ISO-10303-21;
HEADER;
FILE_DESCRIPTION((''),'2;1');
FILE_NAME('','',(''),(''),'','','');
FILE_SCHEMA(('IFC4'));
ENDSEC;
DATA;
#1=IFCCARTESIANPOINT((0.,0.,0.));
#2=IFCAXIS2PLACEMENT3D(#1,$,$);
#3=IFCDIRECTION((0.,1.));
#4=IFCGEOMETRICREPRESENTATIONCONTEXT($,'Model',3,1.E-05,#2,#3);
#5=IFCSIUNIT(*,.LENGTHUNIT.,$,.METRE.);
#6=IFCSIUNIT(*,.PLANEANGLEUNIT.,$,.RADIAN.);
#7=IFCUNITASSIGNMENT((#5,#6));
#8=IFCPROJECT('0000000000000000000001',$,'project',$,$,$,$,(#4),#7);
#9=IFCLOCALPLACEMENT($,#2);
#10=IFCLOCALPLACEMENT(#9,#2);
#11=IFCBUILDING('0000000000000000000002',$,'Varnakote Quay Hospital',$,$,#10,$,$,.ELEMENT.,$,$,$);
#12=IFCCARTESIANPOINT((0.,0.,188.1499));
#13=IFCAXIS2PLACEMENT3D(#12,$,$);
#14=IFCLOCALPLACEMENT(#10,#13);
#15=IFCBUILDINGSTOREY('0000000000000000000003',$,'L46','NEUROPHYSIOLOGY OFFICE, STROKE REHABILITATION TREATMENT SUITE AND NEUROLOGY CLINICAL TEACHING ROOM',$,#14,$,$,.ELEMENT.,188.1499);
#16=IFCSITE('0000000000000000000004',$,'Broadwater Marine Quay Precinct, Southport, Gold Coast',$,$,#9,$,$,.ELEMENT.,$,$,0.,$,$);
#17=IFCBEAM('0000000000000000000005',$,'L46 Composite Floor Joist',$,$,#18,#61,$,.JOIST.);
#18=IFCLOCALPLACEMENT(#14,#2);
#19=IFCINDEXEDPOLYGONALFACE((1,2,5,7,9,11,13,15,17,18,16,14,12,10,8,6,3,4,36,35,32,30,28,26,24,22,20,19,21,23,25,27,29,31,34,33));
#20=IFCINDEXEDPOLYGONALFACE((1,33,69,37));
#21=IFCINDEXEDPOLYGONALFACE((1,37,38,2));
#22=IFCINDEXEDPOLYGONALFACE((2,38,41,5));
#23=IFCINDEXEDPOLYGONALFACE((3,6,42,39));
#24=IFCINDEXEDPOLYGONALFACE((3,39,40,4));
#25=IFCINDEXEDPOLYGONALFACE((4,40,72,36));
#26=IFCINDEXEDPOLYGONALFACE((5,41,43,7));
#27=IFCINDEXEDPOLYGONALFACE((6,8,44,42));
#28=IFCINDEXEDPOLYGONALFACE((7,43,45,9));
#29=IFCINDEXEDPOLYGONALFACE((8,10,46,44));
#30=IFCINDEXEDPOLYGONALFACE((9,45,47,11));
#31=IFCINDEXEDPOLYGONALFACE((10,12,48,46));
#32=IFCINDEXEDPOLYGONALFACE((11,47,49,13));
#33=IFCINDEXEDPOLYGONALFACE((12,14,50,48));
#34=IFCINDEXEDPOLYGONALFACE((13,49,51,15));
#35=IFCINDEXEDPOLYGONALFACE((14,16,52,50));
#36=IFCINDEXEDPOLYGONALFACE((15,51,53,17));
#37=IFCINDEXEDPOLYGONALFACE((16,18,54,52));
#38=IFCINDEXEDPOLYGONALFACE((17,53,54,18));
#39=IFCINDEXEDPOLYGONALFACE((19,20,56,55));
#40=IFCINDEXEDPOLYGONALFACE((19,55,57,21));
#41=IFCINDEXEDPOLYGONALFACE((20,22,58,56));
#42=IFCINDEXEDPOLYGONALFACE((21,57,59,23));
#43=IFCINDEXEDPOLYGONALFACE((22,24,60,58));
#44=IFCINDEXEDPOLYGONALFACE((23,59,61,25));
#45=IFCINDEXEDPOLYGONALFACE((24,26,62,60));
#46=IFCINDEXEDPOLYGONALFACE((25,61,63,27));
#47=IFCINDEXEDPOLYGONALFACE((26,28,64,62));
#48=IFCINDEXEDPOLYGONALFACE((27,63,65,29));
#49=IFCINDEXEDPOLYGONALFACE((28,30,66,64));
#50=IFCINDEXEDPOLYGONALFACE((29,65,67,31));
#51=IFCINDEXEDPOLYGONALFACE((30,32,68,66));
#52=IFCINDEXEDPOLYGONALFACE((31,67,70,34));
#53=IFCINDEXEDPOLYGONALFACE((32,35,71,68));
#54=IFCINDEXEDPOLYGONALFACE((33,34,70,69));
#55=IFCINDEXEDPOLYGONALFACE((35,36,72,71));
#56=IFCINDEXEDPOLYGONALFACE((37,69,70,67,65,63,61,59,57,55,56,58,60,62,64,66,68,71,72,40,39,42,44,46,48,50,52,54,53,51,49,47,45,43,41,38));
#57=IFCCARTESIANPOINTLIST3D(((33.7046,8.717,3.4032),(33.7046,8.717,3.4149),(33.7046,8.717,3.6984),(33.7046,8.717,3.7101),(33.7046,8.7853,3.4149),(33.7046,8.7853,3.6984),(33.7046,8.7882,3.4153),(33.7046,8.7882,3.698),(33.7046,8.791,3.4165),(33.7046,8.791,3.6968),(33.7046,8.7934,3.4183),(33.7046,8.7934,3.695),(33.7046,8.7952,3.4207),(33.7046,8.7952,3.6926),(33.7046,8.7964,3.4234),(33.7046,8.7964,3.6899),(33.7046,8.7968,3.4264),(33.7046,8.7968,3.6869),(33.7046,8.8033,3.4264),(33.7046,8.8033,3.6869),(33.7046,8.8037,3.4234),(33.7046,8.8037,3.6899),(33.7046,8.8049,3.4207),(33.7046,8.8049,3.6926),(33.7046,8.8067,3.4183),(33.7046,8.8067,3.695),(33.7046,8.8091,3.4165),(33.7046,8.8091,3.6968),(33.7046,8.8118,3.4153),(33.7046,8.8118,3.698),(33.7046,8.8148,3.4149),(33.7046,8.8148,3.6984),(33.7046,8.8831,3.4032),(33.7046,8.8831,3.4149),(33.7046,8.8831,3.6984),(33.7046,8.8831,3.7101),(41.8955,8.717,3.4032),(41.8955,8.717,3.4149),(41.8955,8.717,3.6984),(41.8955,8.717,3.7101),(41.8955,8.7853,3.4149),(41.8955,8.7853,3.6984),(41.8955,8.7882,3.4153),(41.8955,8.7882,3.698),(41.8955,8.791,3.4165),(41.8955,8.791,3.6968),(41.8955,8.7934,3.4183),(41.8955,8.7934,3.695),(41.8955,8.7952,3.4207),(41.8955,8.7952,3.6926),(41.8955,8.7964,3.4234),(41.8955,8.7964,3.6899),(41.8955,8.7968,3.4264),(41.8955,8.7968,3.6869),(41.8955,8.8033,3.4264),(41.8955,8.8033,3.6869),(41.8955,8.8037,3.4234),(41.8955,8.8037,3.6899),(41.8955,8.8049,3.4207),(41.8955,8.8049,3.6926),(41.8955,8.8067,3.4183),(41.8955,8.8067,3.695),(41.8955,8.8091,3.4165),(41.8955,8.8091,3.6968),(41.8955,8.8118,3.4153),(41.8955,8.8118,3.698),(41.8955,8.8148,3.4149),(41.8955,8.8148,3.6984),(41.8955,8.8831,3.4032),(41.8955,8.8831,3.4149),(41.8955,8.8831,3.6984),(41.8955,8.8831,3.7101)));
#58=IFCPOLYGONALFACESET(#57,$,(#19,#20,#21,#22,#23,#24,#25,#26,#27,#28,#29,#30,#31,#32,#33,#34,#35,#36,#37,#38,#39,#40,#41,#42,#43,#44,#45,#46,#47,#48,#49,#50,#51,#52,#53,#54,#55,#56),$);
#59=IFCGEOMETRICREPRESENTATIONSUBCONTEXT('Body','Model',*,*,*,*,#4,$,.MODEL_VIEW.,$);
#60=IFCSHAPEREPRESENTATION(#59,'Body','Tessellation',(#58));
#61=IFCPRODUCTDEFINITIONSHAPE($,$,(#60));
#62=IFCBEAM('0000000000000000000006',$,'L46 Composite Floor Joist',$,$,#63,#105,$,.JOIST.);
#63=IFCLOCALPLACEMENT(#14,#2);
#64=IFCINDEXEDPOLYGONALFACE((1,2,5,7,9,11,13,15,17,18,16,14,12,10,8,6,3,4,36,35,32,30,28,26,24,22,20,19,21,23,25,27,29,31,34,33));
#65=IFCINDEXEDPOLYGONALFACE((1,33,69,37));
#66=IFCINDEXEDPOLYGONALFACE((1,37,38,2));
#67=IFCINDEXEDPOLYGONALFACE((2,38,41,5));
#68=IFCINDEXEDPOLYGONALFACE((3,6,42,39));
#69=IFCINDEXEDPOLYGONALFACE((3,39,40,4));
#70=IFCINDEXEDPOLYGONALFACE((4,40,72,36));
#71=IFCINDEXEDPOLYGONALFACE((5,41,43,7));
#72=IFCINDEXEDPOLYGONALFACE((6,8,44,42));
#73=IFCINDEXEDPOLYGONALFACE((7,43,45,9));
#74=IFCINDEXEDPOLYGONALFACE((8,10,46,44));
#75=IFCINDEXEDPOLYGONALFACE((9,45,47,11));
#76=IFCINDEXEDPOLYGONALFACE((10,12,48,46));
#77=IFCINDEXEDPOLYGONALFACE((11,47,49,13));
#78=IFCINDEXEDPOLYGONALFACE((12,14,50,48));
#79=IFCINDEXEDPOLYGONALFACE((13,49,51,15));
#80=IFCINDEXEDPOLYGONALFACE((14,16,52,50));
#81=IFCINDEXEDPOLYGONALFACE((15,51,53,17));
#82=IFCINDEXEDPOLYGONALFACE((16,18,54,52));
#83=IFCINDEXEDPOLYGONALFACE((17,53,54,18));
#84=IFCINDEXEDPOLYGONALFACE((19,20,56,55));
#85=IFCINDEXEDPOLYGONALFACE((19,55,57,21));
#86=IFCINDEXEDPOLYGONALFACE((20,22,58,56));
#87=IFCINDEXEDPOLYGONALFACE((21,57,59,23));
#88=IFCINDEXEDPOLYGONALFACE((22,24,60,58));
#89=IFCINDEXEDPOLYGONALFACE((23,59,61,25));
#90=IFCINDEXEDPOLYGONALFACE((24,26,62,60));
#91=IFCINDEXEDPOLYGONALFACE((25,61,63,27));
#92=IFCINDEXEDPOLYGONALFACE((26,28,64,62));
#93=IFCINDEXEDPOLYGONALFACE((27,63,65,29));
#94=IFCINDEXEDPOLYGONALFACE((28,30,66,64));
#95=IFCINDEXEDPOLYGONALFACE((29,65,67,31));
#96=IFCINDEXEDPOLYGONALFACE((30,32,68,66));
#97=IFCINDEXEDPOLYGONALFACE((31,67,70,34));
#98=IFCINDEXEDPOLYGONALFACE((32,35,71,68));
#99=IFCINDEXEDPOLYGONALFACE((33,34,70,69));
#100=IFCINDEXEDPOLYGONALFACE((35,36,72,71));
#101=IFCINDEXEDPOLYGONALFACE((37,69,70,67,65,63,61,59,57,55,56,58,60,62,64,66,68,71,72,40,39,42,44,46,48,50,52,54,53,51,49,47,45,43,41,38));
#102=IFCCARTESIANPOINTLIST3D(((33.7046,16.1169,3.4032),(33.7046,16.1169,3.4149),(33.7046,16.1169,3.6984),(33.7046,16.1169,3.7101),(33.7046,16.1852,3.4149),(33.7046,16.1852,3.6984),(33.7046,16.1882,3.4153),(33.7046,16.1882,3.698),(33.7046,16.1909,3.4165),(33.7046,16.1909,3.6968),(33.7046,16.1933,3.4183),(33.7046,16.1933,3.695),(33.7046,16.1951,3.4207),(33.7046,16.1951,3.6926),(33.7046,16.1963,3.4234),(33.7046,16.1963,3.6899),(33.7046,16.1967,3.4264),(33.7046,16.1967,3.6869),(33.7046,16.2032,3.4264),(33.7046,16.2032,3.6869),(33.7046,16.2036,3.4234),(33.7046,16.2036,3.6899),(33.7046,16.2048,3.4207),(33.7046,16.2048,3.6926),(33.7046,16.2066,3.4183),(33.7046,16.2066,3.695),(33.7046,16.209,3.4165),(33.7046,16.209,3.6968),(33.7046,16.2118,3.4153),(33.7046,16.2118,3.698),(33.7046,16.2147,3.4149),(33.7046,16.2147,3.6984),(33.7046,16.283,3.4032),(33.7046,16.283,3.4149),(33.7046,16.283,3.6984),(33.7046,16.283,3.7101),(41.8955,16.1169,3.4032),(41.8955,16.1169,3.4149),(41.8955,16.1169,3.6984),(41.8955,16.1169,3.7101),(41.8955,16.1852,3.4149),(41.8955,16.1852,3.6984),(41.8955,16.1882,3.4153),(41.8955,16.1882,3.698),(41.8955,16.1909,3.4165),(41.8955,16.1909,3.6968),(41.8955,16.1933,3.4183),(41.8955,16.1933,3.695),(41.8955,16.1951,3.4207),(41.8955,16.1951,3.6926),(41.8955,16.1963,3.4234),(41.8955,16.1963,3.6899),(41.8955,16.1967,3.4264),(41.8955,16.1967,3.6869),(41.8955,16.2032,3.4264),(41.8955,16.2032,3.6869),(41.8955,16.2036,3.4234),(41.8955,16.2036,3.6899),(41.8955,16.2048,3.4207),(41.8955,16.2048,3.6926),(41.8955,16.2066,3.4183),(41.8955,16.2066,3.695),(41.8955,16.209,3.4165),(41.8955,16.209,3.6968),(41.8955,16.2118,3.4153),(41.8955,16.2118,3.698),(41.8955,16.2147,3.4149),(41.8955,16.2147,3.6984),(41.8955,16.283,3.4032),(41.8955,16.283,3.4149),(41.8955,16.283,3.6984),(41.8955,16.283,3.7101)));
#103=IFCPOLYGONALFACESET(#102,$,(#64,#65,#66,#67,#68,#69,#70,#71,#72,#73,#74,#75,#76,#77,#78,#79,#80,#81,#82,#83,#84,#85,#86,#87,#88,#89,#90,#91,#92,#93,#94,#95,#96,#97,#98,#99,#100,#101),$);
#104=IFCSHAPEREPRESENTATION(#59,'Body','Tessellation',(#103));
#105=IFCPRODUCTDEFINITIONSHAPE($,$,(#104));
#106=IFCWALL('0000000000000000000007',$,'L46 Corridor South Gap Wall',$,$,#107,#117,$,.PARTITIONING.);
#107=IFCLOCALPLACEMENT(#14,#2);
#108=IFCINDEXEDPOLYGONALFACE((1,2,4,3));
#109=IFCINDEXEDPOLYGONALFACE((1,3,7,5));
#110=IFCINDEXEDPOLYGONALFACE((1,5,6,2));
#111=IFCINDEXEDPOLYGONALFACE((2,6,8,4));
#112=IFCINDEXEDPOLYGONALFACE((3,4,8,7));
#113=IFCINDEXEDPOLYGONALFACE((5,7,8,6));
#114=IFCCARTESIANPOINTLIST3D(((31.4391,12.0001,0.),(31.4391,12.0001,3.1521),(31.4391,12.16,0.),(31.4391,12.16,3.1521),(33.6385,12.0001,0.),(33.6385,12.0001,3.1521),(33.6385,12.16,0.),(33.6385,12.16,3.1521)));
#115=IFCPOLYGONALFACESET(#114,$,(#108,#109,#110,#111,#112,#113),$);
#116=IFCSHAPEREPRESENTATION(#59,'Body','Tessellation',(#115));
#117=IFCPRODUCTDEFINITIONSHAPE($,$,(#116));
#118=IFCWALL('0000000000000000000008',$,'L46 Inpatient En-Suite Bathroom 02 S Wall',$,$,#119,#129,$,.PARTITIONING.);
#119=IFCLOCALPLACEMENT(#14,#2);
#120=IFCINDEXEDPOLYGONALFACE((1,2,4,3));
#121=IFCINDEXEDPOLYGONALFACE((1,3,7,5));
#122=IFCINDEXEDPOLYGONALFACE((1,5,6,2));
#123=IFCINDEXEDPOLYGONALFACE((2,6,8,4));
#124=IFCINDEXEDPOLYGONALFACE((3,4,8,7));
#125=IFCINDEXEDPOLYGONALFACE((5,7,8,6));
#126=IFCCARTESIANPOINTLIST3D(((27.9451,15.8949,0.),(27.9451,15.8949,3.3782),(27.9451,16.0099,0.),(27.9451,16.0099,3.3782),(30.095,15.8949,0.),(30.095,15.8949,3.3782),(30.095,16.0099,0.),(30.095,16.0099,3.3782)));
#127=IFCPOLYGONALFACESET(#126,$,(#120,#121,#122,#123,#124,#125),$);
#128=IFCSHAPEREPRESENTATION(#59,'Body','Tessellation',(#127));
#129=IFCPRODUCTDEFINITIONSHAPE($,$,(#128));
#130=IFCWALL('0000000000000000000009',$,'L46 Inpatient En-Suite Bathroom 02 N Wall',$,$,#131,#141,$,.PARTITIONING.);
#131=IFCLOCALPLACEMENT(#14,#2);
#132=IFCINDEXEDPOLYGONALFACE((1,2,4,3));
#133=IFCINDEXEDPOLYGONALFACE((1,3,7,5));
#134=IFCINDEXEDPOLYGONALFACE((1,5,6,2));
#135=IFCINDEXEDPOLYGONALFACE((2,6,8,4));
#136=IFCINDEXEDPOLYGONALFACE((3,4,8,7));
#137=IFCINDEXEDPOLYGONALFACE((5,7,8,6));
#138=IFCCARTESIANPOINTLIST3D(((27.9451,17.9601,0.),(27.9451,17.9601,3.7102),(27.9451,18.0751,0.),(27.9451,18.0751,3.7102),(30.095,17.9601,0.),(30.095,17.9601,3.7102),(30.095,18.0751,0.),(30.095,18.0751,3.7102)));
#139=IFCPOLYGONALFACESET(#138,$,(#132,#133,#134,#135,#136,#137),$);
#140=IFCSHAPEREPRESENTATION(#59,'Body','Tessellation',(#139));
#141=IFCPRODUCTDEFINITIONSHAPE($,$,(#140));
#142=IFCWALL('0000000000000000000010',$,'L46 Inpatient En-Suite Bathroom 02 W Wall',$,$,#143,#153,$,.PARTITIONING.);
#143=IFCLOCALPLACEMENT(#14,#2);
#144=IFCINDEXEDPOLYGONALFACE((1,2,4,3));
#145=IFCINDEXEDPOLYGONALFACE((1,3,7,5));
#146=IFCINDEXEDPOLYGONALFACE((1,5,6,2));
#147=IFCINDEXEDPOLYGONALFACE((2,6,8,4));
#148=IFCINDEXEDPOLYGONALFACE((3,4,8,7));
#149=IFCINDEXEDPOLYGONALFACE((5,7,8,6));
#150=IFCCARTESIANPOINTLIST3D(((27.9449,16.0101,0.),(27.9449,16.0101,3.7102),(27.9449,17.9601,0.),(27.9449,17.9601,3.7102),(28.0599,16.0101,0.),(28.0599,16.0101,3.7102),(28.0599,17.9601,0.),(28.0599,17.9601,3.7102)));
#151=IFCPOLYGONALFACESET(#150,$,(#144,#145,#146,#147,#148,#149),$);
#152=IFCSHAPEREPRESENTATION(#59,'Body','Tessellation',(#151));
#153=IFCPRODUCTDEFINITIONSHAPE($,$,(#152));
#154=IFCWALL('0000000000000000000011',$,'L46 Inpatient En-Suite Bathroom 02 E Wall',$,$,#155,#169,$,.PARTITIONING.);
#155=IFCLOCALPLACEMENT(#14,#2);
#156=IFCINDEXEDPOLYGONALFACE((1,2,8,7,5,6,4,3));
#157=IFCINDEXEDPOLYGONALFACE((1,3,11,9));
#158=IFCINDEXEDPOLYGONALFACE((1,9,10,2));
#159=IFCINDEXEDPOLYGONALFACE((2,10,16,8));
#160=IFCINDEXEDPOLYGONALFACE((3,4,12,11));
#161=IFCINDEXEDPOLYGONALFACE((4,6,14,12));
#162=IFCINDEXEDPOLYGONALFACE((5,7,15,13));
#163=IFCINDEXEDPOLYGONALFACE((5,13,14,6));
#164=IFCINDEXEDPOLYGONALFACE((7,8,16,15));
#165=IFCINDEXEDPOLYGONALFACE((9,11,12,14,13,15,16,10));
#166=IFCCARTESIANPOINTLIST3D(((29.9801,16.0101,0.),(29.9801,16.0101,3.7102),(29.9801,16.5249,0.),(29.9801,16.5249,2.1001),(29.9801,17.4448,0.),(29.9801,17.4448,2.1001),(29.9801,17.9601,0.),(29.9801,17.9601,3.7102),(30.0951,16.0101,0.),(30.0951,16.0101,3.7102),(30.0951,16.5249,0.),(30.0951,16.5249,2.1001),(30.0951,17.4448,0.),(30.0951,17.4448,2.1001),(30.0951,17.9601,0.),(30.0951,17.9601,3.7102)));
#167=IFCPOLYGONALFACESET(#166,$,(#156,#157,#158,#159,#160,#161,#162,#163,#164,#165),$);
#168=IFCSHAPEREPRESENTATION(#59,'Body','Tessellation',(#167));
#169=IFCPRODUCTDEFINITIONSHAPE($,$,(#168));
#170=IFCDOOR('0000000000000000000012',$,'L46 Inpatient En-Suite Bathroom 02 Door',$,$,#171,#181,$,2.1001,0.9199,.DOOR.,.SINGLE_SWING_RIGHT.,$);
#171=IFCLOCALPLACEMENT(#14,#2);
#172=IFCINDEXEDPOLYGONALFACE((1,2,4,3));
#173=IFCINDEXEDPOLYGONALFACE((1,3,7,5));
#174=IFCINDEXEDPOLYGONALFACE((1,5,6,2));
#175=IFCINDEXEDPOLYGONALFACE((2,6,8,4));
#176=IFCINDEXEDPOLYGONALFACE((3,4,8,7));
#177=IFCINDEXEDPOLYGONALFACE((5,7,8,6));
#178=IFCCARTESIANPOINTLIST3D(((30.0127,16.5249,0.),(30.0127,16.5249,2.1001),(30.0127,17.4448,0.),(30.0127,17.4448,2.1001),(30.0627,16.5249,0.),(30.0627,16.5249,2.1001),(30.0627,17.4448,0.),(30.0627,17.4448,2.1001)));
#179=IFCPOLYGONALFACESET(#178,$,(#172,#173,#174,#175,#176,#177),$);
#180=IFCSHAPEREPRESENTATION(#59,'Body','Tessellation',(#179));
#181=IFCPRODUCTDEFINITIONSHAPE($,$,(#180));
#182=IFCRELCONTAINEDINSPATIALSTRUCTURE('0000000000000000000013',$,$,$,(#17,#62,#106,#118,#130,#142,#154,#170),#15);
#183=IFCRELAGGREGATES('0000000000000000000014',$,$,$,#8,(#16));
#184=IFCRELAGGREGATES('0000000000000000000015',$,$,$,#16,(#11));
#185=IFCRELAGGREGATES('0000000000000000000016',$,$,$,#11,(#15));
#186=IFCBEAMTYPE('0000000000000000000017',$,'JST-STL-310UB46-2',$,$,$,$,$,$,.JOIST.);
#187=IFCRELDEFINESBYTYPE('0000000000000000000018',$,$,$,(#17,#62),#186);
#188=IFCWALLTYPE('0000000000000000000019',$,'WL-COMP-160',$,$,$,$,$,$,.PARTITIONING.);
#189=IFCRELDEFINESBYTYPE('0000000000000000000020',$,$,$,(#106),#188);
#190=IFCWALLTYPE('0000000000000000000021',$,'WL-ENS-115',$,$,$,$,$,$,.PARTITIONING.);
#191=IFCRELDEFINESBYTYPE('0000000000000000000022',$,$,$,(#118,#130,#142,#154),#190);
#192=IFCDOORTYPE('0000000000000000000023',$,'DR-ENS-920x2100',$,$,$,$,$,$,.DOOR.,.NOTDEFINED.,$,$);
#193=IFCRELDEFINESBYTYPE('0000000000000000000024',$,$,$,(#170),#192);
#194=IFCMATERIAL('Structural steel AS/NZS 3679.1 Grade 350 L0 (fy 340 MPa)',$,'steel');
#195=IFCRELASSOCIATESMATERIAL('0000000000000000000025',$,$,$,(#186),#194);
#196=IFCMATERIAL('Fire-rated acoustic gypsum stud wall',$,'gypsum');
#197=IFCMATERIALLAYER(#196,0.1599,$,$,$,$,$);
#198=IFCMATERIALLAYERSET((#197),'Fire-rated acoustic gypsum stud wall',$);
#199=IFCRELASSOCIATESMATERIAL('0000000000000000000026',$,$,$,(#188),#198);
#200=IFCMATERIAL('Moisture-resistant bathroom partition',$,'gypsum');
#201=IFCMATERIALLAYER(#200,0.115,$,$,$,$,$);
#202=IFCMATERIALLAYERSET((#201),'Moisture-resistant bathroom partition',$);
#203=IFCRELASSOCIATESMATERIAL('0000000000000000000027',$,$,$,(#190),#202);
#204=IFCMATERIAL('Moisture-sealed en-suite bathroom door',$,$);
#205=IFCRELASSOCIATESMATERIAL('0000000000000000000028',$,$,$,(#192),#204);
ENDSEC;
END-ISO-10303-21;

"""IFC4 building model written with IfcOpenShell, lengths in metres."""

from ifc_helpers import new_model, si_unit, direction, frame, frame_2d, origin, origin_2d, place, context, subcontext, project, spatial, rectangle, i_section, extrude, material, layer, layer_set, material_profile, profile_set, type_object, element, fill, save


model = new_model("IFC4")

# Units and contexts
model_context = context("Model", 3, precision=1e-05, world=origin(), true_north=direction((0.0, 1.0)))
body_context = subcontext(model_context, "Body", "Model", "MODEL_VIEW")
ifc_project = project(units=[si_unit("LENGTHUNIT", "METRE"), si_unit("PLANEANGLEUNIT", "RADIAN")], contexts=[model_context])

# Site, building, storey
site_placement = place(None, origin())
site = spatial("IfcSite", under=ifc_project, at=site_placement, Name="Broadwater Marine Quay Precinct, Southport, Gold Coast", CompositionType="ELEMENT", RefElevation=0.0)
building_placement = place(site_placement, origin())
building = spatial("IfcBuilding", under=site, at=building_placement, Name="Varnakote Quay Hospital", CompositionType="ELEMENT")
storey_placement = place(building_placement, frame((0.0, 0.0, 188.1499)))
storey = spatial("IfcBuildingStorey", under=building, at=storey_placement, Name="L46", Description="NEUROPHYSIOLOGY OFFICE, STROKE REHABILITATION TREATMENT SUITE AND NEUROLOGY CLINICAL TEACHING ROOM", CompositionType="ELEMENT", Elevation=188.1499)

# Beams
ifc_material_1 = material(Name="Structural steel AS/NZS 3679.1 Grade 350 L0 (fy 340 MPa)", Category="steel")
ifc_material_profile_1 = material_profile(ifc_material_1, i_section(OverallWidth=0.166, OverallDepth=0.3069, WebThickness=0.0066, FlangeThickness=0.0117, FilletRadius=0.0115, at=origin_2d()), Name="310UB46.2")
ifc_profile_set_1 = profile_set([ifc_material_profile_1], Name="Structural steel AS/NZS 3679.1 Grade 350 L0 (fy 340 MPa)")
beam_type_1 = type_object("IfcBeamType", Name="JST-STL-310UB46-2", PredefinedType="JOIST", material=ifc_profile_set_1)
for number, where, z_axis, x_axis, name in (
    (1, (33.7046, 8.8, 3.5566), (1.0, 0.0, 0.0), (0.0, 1.0, 0.0), "L46 Composite Floor Joist"),
    (2, (33.7046, 16.2, 3.5566), (1.0, 0.0, 0.0), (0.0, 1.0, 0.0), "L46 Composite Floor Joist"),
):
    element("IfcBeam", number, at=place(storey_placement, frame(where, z_axis=z_axis, x_axis=x_axis)), inside=storey, type_object=beam_type_1, Name=name, PredefinedType="JOIST", context=body_context, shape_type="SweptSolid", body=[
        extrude(i_section(OverallWidth=0.166, OverallDepth=0.3069, WebThickness=0.0066, FlangeThickness=0.0117, FilletRadius=0.0115, at=origin_2d()), origin(), (0.0, 0.0, 1.0), 8.1909),
    ])

# Walls
ifc_material_2 = material(Name="Fire-rated acoustic gypsum stud wall", Category="gypsum")
ifc_layer_1 = layer(ifc_material_2, 0.1599)
ifc_layer_set_1 = layer_set([ifc_layer_1], Name="Fire-rated acoustic gypsum stud wall")
wall_type_1 = type_object("IfcWallType", Name="WL-COMP-160", PredefinedType="PARTITIONING", material=ifc_layer_set_1)
wall_1_placement = place(storey_placement, frame((31.4392, 12.0801, 0.0), z_axis=(0.0, 0.0, 1.0), x_axis=(1.0, 0.0, 0.0)))
element("IfcWall", 3, at=wall_1_placement, inside=storey, type_object=wall_type_1, Name="L46 Corridor South Gap Wall", PredefinedType="PARTITIONING", context=body_context, shape_type="SweptSolid", body=[
    extrude(rectangle(XDim=2.1995, YDim=0.1599, at=frame_2d((1.0996, 0.0))), origin(), (0.0, 0.0, 1.0), 3.1521),
])
ifc_material_3 = material(Name="Moisture-resistant bathroom partition", Category="gypsum")
ifc_layer_2 = layer(ifc_material_3, 0.115)
ifc_layer_set_2 = layer_set([ifc_layer_2], Name="Moisture-resistant bathroom partition")
wall_type_2 = type_object("IfcWallType", Name="WL-ENS-115", PredefinedType="PARTITIONING", material=ifc_layer_set_2)
wall_2_placement = place(storey_placement, frame((27.9451, 15.9524, 0.0), z_axis=(0.0, 0.0, 1.0), x_axis=(1.0, 0.0, 0.0)))
element("IfcWall", 4, at=wall_2_placement, inside=storey, type_object=wall_type_2, Name="L46 Inpatient En-Suite Bathroom 02 S Wall", PredefinedType="PARTITIONING", context=body_context, shape_type="SweptSolid", body=[
    extrude(rectangle(XDim=2.1499, YDim=0.115, at=frame_2d((1.075, 0.0))), origin(), (0.0, 0.0, 1.0), 3.3782),
])
wall_3_placement = place(storey_placement, frame((27.9451, 18.0176, 0.0), z_axis=(0.0, 0.0, 1.0), x_axis=(1.0, 0.0, 0.0)))
element("IfcWall", 5, at=wall_3_placement, inside=storey, type_object=wall_type_2, Name="L46 Inpatient En-Suite Bathroom 02 N Wall", PredefinedType="PARTITIONING", context=body_context, shape_type="SweptSolid", body=[
    extrude(rectangle(XDim=2.1499, YDim=0.115, at=frame_2d((1.075, 0.0))), origin(), (0.0, 0.0, 1.0), 3.7102),
])
wall_4_placement = place(storey_placement, frame((28.0024, 16.01, 0.0), z_axis=(0.0, 0.0, 1.0), x_axis=(0.0, 1.0, 0.0)))
element("IfcWall", 6, at=wall_4_placement, inside=storey, type_object=wall_type_2, Name="L46 Inpatient En-Suite Bathroom 02 W Wall", PredefinedType="PARTITIONING", context=body_context, shape_type="SweptSolid", body=[
    extrude(rectangle(XDim=1.95, YDim=0.115, at=frame_2d((0.9751, 0.0))), origin(), (0.0, 0.0, 1.0), 3.7102),
])

# Wall, opening, door
wall_5_placement = place(storey_placement, frame((30.0376, 16.01, 0.0), z_axis=(0.0, 0.0, 1.0), x_axis=(0.0, 1.0, 0.0)))
wall_5 = element("IfcWall", 7, at=wall_5_placement, inside=storey, type_object=wall_type_2, Name="L46 Inpatient En-Suite Bathroom 02 E Wall", PredefinedType="PARTITIONING", context=body_context, shape_type="SweptSolid", body=[
    extrude(rectangle(XDim=1.95, YDim=0.115, at=frame_2d((0.9751, 0.0))), origin(), (0.0, 0.0, 1.0), 3.7102),
])
opening_1_placement = place(wall_5_placement, frame((0.5149, 0.0, 0.0)))
opening_1 = element("IfcOpeningElement", 8, at=opening_1_placement, cuts=wall_5, PredefinedType="OPENING", context=body_context, shape_type="SweptSolid", body=[
    extrude(rectangle(XDim=0.9199, YDim=2.1001, at=frame_2d((0.46, 1.05))), frame((0.0, 0.0674, 0.0), z_axis=(0.0, -1.0, 0.0), x_axis=(1.0, 0.0, 0.0)), (0.0, 0.0, 1.0), 0.135),
])
ifc_material_4 = material(Name="Moisture-sealed en-suite bathroom door")
door_type_1 = type_object("IfcDoorType", Name="DR-ENS-920x2100", OperationType="NOTDEFINED", PredefinedType="DOOR", material=ifc_material_4)
door_1_placement = place(opening_1_placement, origin())
door_1 = element("IfcDoor", 9, at=door_1_placement, inside=storey, type_object=door_type_1, Name="L46 Inpatient En-Suite Bathroom 02 Door", OperationType="SINGLE_SWING_RIGHT", OverallHeight=2.1001, OverallWidth=0.9199, PredefinedType="DOOR", context=body_context, shape_type="SweptSolid", body=[
    extrude(rectangle(XDim=0.9199, YDim=2.1001, at=frame_2d((0.46, 1.05))), frame((0.0, 0.0249, 0.0), z_axis=(0.0, -1.0, 0.0), x_axis=(1.0, 0.0, 0.0)), (0.0, 0.0, 1.0), 0.05),
])
fill(opening_1, door_1)

save(model, "model.ifc")
